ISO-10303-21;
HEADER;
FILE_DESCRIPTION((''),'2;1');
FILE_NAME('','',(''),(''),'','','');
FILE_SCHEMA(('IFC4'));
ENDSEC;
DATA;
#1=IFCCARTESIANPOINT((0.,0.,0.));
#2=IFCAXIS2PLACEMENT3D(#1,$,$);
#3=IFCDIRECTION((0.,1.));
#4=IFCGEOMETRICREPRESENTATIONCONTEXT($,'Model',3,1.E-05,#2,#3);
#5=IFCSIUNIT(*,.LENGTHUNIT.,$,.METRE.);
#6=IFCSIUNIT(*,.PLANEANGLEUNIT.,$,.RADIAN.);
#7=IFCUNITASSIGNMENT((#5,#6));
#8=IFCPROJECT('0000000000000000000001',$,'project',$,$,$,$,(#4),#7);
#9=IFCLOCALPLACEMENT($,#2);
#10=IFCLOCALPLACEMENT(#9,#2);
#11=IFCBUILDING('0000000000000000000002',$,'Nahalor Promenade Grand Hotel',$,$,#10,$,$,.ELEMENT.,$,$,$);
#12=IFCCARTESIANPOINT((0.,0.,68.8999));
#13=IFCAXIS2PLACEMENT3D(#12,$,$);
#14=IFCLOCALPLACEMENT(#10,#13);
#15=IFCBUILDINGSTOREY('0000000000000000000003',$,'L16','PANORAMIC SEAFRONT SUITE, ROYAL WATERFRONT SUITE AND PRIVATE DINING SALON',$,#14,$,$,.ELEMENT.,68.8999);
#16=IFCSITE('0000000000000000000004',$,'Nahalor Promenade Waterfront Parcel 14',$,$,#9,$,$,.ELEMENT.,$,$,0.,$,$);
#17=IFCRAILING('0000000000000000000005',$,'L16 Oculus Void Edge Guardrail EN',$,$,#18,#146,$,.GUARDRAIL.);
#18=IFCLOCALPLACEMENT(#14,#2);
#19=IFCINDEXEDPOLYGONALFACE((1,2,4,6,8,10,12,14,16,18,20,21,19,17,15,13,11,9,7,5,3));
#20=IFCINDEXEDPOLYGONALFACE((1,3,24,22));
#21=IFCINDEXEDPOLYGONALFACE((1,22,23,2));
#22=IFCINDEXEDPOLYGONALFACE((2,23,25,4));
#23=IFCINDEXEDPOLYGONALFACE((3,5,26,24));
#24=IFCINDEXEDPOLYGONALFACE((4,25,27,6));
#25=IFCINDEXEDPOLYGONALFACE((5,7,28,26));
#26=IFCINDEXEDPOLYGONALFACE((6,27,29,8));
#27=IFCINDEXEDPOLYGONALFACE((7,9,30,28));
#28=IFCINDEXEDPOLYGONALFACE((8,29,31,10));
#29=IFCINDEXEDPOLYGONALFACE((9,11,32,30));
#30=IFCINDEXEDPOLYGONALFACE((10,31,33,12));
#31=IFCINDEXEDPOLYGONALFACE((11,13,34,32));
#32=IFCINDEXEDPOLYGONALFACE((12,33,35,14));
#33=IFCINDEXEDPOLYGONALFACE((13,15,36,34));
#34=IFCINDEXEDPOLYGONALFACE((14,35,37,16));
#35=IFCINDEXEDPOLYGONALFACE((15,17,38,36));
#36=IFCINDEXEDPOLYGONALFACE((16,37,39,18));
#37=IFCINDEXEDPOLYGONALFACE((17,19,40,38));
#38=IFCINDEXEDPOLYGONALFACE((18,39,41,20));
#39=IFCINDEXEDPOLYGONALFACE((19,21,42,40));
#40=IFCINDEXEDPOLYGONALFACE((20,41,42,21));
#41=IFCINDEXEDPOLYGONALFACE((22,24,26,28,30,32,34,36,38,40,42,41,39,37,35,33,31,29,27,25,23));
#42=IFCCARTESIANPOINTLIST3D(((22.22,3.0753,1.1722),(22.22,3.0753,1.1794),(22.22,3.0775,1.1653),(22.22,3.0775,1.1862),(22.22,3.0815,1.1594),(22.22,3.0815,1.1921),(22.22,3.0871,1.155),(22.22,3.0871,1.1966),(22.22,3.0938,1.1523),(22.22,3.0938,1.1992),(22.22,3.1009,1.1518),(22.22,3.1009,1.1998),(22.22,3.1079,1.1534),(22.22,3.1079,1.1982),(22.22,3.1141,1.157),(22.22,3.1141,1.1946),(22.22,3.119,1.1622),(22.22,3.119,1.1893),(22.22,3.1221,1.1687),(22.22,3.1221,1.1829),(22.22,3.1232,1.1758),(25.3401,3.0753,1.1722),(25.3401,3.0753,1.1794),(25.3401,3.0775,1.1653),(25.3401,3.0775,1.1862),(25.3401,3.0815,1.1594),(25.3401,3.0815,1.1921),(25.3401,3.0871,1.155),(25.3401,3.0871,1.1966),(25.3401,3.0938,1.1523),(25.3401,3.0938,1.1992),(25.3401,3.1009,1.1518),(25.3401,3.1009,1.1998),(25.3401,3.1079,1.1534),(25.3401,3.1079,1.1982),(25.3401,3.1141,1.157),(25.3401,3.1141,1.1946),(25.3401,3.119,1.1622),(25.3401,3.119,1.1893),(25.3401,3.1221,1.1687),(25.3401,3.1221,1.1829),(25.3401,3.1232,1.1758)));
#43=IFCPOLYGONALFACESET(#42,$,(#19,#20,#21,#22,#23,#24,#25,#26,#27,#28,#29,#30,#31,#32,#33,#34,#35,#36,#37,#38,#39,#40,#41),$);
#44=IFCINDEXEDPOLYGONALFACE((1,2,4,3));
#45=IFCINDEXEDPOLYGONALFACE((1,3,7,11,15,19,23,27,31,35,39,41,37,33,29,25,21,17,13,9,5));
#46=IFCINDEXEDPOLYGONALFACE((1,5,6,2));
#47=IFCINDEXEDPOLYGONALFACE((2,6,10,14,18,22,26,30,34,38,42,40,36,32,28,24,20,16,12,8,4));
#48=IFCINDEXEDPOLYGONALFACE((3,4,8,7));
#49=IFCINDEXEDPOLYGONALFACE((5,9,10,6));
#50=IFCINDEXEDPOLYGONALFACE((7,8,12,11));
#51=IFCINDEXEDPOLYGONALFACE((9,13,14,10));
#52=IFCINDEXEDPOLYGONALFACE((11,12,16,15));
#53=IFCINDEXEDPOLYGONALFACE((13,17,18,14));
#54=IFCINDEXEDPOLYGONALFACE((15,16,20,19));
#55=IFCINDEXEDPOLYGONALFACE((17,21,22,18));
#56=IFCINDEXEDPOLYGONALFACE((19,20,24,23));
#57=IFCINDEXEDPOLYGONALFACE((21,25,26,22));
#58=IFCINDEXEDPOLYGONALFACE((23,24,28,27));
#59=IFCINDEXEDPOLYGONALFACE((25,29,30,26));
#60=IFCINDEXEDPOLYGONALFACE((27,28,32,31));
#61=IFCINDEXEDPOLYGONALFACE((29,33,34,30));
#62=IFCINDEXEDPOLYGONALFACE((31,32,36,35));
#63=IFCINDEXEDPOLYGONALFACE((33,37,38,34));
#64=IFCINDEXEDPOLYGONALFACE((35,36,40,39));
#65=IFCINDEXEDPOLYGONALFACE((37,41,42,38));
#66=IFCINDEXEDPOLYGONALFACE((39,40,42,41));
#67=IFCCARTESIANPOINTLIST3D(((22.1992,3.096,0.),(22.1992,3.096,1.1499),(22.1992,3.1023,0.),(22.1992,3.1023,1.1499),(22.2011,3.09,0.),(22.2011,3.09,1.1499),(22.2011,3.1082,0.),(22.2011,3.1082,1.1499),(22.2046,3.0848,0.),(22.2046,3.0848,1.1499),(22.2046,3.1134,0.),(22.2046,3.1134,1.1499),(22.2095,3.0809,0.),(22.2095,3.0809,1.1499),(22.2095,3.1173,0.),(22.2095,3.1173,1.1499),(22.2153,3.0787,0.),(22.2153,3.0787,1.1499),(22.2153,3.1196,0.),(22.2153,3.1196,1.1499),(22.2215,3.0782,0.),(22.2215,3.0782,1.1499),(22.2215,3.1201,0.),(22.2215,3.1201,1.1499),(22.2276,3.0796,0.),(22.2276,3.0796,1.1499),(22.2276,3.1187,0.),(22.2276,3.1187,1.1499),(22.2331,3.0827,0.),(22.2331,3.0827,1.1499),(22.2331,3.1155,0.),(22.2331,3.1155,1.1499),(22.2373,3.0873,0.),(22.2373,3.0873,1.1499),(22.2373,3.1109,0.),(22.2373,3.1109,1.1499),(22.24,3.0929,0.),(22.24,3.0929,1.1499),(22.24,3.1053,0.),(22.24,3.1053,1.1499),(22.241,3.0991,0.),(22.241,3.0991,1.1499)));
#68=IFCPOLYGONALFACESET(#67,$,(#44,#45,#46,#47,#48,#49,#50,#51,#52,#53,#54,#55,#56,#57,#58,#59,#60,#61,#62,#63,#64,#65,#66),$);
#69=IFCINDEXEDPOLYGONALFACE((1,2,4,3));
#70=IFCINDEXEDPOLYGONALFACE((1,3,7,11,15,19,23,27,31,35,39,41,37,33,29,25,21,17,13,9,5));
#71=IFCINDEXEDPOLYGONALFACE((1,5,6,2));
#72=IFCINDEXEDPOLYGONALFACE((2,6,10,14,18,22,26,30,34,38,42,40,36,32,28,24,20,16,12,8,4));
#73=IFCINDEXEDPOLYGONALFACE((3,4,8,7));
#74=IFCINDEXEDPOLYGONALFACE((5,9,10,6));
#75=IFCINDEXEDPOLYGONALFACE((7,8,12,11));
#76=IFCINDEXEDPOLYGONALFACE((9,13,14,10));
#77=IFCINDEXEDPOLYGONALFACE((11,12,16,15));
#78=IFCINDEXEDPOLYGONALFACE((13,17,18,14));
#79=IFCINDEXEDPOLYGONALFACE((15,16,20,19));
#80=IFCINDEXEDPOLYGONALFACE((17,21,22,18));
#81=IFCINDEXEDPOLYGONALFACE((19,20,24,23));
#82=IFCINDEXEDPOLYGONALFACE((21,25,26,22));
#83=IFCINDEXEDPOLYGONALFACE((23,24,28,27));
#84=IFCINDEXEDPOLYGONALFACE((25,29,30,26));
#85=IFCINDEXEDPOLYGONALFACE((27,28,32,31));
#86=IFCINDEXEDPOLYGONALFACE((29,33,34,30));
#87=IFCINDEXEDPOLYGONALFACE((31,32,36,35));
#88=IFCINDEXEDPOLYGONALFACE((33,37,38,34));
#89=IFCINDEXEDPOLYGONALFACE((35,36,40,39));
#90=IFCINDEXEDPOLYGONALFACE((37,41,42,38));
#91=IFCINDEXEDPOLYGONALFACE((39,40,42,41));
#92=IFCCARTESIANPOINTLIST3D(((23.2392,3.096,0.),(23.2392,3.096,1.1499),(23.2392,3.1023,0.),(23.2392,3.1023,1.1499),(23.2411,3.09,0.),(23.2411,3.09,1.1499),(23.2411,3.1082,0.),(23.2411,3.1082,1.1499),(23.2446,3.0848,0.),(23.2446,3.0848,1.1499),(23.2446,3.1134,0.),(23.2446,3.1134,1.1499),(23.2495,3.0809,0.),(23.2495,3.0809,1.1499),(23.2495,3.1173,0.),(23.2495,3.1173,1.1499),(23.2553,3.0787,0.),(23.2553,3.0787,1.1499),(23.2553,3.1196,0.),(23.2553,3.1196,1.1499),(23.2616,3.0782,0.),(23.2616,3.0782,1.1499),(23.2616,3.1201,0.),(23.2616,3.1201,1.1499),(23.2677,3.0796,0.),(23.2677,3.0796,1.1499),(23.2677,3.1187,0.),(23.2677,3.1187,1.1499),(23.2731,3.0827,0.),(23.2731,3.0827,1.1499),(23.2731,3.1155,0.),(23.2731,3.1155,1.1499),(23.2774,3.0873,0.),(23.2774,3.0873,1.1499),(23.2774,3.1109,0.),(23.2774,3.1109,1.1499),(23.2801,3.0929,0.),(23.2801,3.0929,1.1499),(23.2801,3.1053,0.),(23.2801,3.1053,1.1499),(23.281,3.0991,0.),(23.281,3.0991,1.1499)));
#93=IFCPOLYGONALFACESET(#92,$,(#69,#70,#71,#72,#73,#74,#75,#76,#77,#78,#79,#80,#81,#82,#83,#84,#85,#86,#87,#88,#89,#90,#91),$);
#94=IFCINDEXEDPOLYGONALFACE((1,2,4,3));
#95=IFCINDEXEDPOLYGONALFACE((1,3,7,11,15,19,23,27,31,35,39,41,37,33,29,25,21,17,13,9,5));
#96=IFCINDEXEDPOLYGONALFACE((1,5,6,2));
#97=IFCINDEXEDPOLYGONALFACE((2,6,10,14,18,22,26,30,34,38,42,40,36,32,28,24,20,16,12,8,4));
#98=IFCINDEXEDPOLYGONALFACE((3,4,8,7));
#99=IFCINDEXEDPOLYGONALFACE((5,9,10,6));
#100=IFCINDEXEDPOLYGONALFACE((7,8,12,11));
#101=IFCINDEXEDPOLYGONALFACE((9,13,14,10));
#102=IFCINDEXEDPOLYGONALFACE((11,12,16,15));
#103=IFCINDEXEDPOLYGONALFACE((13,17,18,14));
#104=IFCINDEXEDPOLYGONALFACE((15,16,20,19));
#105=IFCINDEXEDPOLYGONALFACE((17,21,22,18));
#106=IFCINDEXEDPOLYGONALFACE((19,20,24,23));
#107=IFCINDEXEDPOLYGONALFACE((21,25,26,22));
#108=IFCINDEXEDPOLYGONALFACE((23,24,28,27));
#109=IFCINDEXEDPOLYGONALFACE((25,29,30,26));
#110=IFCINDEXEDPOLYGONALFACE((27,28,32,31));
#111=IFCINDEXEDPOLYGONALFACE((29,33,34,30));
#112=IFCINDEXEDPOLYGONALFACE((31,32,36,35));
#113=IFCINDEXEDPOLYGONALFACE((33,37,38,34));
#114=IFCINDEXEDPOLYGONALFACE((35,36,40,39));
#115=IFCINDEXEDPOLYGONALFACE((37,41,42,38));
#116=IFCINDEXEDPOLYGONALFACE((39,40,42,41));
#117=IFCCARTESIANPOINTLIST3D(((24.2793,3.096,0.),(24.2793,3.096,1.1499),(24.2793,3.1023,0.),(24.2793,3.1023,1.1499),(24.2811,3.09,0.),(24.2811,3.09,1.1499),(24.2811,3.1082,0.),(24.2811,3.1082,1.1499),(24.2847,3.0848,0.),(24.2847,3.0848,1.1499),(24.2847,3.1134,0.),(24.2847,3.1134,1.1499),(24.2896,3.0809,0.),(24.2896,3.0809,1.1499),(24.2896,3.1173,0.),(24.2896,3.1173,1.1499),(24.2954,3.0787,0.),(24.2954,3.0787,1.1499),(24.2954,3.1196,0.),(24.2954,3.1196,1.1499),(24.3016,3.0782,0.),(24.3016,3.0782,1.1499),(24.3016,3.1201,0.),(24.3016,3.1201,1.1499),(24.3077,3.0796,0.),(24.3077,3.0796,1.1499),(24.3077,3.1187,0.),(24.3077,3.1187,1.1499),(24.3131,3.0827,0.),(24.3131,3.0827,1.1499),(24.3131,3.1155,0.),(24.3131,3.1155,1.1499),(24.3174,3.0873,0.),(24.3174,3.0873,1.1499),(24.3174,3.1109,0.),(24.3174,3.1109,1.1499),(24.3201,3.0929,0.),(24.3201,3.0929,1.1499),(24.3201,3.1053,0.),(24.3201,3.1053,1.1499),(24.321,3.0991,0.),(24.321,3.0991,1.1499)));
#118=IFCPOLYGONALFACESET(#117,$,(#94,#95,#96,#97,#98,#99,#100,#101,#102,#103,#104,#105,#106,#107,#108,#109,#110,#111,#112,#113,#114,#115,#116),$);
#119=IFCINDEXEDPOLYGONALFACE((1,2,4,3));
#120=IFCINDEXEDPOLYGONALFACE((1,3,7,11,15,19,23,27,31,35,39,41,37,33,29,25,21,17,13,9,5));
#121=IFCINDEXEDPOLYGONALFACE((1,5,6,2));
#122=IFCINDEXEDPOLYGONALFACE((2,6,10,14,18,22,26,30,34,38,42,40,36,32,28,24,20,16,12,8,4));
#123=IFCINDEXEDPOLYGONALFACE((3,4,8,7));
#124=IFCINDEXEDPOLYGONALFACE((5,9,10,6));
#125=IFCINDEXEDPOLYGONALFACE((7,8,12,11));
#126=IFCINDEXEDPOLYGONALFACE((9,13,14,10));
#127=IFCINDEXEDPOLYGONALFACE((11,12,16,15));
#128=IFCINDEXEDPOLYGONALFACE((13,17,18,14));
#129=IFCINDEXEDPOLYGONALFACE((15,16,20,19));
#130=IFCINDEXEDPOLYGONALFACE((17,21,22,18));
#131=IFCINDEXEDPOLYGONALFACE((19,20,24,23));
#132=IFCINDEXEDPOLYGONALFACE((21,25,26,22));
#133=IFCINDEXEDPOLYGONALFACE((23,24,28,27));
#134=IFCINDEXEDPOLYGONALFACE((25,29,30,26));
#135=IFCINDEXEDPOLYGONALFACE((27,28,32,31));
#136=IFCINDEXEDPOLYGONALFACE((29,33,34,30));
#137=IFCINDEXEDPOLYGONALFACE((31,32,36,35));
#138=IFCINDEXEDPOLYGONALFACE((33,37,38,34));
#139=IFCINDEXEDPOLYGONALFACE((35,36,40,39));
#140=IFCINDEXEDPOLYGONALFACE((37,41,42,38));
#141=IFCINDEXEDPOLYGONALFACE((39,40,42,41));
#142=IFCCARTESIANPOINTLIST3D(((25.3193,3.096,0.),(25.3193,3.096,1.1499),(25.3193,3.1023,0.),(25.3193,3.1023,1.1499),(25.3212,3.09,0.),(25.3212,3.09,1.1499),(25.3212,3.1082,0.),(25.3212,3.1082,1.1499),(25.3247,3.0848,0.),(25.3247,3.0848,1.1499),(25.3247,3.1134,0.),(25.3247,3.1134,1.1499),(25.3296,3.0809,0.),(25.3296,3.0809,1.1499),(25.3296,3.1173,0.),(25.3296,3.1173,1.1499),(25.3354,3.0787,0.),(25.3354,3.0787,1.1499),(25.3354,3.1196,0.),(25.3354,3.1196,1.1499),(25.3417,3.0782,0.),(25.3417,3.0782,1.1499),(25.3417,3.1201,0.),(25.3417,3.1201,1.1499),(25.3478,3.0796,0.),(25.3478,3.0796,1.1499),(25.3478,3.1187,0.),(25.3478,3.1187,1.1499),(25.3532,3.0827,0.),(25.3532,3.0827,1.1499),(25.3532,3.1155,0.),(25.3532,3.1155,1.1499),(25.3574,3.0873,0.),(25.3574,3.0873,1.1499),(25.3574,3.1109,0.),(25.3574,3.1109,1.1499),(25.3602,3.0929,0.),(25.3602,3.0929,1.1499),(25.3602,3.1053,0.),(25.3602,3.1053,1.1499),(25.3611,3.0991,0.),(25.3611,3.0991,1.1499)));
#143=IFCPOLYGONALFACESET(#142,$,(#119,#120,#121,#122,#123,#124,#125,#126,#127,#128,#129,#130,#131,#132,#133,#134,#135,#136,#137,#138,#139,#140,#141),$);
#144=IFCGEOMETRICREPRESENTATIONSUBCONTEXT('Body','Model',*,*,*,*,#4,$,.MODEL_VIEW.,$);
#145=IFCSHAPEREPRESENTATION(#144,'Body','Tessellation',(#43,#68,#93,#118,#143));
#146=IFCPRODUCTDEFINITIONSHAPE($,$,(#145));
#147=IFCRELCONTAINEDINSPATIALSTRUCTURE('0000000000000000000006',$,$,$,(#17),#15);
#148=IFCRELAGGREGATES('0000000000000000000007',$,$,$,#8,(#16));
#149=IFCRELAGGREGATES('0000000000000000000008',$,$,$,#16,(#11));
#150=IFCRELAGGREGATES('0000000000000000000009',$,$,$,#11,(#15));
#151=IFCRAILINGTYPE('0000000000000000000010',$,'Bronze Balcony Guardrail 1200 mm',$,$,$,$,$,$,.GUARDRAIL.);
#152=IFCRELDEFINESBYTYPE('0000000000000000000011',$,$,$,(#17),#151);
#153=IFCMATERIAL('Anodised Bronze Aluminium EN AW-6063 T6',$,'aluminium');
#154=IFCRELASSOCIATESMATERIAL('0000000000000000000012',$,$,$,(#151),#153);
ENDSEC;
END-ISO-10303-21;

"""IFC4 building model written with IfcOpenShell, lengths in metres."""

from ifc_helpers import new_model, si_unit, direction, frame, origin, origin_2d, place, context, subcontext, project, spatial, circle, extrude, material, type_object, element, save


model = new_model("IFC4")

# Units and contexts
model_context = context("Model", 3, precision=1e-05, world=origin(), true_north=direction((0.0, 1.0)))
body_context = subcontext(model_context, "Body", "Model", "MODEL_VIEW")
ifc_project = project(units=[si_unit("LENGTHUNIT", "METRE"), si_unit("PLANEANGLEUNIT", "RADIAN")], contexts=[model_context])

# Site, building, storey
site_placement = place(None, origin())
site = spatial("IfcSite", under=ifc_project, at=site_placement, Name="Nahalor Promenade Waterfront Parcel 14", CompositionType="ELEMENT", RefElevation=0.0)
building_placement = place(site_placement, origin())
building = spatial("IfcBuilding", under=site, at=building_placement, Name="Nahalor Promenade Grand Hotel", CompositionType="ELEMENT")
storey_placement = place(building_placement, frame((0.0, 0.0, 68.8999)))
storey = spatial("IfcBuildingStorey", under=building, at=storey_placement, Name="L16", Description="PANORAMIC SEAFRONT SUITE, ROYAL WATERFRONT SUITE AND PRIVATE DINING SALON", CompositionType="ELEMENT", Elevation=68.8999)

# Shared definitions
ifc_material_1 = material(Name="Anodised Bronze Aluminium EN AW-6063 T6", Category="aluminium")

# Railing
railing_type = type_object("IfcRailingType", Name="Bronze Balcony Guardrail 1200 mm", PredefinedType="GUARDRAIL", material=ifc_material_1)
for number, where, name in (
    (1, (22.22, 3.0991, 0.0), "L16 Oculus Void Edge Guardrail EN"),
):
    element("IfcRailing", number, at=place(storey_placement, frame(where)), inside=storey, type_object=railing_type, Name=name, PredefinedType="GUARDRAIL", context=body_context, shape_type="SweptSolid", body=[
        extrude(circle(Radius=0.024, at=origin_2d()), frame((0.0, 0.0, 1.1758), z_axis=(1.0, 0.0, 0.0), x_axis=(0.0, 1.0, 0.0)), (0.0, 0.0, 1.0), 3.1201),
        extrude(circle(Radius=0.021, at=origin_2d()), origin(), (0.0, 0.0, 1.0), 1.1499),
        extrude(circle(Radius=0.021, at=origin_2d()), frame((1.04, 0.0, 0.0)), (0.0, 0.0, 1.0), 1.1499),
        extrude(circle(Radius=0.021, at=origin_2d()), frame((2.0801, 0.0, 0.0)), (0.0, 0.0, 1.0), 1.1499),
        extrude(circle(Radius=0.021, at=origin_2d()), frame((3.1201, 0.0, 0.0)), (0.0, 0.0, 1.0), 1.1499),
    ])

save(model, "model.ifc")
